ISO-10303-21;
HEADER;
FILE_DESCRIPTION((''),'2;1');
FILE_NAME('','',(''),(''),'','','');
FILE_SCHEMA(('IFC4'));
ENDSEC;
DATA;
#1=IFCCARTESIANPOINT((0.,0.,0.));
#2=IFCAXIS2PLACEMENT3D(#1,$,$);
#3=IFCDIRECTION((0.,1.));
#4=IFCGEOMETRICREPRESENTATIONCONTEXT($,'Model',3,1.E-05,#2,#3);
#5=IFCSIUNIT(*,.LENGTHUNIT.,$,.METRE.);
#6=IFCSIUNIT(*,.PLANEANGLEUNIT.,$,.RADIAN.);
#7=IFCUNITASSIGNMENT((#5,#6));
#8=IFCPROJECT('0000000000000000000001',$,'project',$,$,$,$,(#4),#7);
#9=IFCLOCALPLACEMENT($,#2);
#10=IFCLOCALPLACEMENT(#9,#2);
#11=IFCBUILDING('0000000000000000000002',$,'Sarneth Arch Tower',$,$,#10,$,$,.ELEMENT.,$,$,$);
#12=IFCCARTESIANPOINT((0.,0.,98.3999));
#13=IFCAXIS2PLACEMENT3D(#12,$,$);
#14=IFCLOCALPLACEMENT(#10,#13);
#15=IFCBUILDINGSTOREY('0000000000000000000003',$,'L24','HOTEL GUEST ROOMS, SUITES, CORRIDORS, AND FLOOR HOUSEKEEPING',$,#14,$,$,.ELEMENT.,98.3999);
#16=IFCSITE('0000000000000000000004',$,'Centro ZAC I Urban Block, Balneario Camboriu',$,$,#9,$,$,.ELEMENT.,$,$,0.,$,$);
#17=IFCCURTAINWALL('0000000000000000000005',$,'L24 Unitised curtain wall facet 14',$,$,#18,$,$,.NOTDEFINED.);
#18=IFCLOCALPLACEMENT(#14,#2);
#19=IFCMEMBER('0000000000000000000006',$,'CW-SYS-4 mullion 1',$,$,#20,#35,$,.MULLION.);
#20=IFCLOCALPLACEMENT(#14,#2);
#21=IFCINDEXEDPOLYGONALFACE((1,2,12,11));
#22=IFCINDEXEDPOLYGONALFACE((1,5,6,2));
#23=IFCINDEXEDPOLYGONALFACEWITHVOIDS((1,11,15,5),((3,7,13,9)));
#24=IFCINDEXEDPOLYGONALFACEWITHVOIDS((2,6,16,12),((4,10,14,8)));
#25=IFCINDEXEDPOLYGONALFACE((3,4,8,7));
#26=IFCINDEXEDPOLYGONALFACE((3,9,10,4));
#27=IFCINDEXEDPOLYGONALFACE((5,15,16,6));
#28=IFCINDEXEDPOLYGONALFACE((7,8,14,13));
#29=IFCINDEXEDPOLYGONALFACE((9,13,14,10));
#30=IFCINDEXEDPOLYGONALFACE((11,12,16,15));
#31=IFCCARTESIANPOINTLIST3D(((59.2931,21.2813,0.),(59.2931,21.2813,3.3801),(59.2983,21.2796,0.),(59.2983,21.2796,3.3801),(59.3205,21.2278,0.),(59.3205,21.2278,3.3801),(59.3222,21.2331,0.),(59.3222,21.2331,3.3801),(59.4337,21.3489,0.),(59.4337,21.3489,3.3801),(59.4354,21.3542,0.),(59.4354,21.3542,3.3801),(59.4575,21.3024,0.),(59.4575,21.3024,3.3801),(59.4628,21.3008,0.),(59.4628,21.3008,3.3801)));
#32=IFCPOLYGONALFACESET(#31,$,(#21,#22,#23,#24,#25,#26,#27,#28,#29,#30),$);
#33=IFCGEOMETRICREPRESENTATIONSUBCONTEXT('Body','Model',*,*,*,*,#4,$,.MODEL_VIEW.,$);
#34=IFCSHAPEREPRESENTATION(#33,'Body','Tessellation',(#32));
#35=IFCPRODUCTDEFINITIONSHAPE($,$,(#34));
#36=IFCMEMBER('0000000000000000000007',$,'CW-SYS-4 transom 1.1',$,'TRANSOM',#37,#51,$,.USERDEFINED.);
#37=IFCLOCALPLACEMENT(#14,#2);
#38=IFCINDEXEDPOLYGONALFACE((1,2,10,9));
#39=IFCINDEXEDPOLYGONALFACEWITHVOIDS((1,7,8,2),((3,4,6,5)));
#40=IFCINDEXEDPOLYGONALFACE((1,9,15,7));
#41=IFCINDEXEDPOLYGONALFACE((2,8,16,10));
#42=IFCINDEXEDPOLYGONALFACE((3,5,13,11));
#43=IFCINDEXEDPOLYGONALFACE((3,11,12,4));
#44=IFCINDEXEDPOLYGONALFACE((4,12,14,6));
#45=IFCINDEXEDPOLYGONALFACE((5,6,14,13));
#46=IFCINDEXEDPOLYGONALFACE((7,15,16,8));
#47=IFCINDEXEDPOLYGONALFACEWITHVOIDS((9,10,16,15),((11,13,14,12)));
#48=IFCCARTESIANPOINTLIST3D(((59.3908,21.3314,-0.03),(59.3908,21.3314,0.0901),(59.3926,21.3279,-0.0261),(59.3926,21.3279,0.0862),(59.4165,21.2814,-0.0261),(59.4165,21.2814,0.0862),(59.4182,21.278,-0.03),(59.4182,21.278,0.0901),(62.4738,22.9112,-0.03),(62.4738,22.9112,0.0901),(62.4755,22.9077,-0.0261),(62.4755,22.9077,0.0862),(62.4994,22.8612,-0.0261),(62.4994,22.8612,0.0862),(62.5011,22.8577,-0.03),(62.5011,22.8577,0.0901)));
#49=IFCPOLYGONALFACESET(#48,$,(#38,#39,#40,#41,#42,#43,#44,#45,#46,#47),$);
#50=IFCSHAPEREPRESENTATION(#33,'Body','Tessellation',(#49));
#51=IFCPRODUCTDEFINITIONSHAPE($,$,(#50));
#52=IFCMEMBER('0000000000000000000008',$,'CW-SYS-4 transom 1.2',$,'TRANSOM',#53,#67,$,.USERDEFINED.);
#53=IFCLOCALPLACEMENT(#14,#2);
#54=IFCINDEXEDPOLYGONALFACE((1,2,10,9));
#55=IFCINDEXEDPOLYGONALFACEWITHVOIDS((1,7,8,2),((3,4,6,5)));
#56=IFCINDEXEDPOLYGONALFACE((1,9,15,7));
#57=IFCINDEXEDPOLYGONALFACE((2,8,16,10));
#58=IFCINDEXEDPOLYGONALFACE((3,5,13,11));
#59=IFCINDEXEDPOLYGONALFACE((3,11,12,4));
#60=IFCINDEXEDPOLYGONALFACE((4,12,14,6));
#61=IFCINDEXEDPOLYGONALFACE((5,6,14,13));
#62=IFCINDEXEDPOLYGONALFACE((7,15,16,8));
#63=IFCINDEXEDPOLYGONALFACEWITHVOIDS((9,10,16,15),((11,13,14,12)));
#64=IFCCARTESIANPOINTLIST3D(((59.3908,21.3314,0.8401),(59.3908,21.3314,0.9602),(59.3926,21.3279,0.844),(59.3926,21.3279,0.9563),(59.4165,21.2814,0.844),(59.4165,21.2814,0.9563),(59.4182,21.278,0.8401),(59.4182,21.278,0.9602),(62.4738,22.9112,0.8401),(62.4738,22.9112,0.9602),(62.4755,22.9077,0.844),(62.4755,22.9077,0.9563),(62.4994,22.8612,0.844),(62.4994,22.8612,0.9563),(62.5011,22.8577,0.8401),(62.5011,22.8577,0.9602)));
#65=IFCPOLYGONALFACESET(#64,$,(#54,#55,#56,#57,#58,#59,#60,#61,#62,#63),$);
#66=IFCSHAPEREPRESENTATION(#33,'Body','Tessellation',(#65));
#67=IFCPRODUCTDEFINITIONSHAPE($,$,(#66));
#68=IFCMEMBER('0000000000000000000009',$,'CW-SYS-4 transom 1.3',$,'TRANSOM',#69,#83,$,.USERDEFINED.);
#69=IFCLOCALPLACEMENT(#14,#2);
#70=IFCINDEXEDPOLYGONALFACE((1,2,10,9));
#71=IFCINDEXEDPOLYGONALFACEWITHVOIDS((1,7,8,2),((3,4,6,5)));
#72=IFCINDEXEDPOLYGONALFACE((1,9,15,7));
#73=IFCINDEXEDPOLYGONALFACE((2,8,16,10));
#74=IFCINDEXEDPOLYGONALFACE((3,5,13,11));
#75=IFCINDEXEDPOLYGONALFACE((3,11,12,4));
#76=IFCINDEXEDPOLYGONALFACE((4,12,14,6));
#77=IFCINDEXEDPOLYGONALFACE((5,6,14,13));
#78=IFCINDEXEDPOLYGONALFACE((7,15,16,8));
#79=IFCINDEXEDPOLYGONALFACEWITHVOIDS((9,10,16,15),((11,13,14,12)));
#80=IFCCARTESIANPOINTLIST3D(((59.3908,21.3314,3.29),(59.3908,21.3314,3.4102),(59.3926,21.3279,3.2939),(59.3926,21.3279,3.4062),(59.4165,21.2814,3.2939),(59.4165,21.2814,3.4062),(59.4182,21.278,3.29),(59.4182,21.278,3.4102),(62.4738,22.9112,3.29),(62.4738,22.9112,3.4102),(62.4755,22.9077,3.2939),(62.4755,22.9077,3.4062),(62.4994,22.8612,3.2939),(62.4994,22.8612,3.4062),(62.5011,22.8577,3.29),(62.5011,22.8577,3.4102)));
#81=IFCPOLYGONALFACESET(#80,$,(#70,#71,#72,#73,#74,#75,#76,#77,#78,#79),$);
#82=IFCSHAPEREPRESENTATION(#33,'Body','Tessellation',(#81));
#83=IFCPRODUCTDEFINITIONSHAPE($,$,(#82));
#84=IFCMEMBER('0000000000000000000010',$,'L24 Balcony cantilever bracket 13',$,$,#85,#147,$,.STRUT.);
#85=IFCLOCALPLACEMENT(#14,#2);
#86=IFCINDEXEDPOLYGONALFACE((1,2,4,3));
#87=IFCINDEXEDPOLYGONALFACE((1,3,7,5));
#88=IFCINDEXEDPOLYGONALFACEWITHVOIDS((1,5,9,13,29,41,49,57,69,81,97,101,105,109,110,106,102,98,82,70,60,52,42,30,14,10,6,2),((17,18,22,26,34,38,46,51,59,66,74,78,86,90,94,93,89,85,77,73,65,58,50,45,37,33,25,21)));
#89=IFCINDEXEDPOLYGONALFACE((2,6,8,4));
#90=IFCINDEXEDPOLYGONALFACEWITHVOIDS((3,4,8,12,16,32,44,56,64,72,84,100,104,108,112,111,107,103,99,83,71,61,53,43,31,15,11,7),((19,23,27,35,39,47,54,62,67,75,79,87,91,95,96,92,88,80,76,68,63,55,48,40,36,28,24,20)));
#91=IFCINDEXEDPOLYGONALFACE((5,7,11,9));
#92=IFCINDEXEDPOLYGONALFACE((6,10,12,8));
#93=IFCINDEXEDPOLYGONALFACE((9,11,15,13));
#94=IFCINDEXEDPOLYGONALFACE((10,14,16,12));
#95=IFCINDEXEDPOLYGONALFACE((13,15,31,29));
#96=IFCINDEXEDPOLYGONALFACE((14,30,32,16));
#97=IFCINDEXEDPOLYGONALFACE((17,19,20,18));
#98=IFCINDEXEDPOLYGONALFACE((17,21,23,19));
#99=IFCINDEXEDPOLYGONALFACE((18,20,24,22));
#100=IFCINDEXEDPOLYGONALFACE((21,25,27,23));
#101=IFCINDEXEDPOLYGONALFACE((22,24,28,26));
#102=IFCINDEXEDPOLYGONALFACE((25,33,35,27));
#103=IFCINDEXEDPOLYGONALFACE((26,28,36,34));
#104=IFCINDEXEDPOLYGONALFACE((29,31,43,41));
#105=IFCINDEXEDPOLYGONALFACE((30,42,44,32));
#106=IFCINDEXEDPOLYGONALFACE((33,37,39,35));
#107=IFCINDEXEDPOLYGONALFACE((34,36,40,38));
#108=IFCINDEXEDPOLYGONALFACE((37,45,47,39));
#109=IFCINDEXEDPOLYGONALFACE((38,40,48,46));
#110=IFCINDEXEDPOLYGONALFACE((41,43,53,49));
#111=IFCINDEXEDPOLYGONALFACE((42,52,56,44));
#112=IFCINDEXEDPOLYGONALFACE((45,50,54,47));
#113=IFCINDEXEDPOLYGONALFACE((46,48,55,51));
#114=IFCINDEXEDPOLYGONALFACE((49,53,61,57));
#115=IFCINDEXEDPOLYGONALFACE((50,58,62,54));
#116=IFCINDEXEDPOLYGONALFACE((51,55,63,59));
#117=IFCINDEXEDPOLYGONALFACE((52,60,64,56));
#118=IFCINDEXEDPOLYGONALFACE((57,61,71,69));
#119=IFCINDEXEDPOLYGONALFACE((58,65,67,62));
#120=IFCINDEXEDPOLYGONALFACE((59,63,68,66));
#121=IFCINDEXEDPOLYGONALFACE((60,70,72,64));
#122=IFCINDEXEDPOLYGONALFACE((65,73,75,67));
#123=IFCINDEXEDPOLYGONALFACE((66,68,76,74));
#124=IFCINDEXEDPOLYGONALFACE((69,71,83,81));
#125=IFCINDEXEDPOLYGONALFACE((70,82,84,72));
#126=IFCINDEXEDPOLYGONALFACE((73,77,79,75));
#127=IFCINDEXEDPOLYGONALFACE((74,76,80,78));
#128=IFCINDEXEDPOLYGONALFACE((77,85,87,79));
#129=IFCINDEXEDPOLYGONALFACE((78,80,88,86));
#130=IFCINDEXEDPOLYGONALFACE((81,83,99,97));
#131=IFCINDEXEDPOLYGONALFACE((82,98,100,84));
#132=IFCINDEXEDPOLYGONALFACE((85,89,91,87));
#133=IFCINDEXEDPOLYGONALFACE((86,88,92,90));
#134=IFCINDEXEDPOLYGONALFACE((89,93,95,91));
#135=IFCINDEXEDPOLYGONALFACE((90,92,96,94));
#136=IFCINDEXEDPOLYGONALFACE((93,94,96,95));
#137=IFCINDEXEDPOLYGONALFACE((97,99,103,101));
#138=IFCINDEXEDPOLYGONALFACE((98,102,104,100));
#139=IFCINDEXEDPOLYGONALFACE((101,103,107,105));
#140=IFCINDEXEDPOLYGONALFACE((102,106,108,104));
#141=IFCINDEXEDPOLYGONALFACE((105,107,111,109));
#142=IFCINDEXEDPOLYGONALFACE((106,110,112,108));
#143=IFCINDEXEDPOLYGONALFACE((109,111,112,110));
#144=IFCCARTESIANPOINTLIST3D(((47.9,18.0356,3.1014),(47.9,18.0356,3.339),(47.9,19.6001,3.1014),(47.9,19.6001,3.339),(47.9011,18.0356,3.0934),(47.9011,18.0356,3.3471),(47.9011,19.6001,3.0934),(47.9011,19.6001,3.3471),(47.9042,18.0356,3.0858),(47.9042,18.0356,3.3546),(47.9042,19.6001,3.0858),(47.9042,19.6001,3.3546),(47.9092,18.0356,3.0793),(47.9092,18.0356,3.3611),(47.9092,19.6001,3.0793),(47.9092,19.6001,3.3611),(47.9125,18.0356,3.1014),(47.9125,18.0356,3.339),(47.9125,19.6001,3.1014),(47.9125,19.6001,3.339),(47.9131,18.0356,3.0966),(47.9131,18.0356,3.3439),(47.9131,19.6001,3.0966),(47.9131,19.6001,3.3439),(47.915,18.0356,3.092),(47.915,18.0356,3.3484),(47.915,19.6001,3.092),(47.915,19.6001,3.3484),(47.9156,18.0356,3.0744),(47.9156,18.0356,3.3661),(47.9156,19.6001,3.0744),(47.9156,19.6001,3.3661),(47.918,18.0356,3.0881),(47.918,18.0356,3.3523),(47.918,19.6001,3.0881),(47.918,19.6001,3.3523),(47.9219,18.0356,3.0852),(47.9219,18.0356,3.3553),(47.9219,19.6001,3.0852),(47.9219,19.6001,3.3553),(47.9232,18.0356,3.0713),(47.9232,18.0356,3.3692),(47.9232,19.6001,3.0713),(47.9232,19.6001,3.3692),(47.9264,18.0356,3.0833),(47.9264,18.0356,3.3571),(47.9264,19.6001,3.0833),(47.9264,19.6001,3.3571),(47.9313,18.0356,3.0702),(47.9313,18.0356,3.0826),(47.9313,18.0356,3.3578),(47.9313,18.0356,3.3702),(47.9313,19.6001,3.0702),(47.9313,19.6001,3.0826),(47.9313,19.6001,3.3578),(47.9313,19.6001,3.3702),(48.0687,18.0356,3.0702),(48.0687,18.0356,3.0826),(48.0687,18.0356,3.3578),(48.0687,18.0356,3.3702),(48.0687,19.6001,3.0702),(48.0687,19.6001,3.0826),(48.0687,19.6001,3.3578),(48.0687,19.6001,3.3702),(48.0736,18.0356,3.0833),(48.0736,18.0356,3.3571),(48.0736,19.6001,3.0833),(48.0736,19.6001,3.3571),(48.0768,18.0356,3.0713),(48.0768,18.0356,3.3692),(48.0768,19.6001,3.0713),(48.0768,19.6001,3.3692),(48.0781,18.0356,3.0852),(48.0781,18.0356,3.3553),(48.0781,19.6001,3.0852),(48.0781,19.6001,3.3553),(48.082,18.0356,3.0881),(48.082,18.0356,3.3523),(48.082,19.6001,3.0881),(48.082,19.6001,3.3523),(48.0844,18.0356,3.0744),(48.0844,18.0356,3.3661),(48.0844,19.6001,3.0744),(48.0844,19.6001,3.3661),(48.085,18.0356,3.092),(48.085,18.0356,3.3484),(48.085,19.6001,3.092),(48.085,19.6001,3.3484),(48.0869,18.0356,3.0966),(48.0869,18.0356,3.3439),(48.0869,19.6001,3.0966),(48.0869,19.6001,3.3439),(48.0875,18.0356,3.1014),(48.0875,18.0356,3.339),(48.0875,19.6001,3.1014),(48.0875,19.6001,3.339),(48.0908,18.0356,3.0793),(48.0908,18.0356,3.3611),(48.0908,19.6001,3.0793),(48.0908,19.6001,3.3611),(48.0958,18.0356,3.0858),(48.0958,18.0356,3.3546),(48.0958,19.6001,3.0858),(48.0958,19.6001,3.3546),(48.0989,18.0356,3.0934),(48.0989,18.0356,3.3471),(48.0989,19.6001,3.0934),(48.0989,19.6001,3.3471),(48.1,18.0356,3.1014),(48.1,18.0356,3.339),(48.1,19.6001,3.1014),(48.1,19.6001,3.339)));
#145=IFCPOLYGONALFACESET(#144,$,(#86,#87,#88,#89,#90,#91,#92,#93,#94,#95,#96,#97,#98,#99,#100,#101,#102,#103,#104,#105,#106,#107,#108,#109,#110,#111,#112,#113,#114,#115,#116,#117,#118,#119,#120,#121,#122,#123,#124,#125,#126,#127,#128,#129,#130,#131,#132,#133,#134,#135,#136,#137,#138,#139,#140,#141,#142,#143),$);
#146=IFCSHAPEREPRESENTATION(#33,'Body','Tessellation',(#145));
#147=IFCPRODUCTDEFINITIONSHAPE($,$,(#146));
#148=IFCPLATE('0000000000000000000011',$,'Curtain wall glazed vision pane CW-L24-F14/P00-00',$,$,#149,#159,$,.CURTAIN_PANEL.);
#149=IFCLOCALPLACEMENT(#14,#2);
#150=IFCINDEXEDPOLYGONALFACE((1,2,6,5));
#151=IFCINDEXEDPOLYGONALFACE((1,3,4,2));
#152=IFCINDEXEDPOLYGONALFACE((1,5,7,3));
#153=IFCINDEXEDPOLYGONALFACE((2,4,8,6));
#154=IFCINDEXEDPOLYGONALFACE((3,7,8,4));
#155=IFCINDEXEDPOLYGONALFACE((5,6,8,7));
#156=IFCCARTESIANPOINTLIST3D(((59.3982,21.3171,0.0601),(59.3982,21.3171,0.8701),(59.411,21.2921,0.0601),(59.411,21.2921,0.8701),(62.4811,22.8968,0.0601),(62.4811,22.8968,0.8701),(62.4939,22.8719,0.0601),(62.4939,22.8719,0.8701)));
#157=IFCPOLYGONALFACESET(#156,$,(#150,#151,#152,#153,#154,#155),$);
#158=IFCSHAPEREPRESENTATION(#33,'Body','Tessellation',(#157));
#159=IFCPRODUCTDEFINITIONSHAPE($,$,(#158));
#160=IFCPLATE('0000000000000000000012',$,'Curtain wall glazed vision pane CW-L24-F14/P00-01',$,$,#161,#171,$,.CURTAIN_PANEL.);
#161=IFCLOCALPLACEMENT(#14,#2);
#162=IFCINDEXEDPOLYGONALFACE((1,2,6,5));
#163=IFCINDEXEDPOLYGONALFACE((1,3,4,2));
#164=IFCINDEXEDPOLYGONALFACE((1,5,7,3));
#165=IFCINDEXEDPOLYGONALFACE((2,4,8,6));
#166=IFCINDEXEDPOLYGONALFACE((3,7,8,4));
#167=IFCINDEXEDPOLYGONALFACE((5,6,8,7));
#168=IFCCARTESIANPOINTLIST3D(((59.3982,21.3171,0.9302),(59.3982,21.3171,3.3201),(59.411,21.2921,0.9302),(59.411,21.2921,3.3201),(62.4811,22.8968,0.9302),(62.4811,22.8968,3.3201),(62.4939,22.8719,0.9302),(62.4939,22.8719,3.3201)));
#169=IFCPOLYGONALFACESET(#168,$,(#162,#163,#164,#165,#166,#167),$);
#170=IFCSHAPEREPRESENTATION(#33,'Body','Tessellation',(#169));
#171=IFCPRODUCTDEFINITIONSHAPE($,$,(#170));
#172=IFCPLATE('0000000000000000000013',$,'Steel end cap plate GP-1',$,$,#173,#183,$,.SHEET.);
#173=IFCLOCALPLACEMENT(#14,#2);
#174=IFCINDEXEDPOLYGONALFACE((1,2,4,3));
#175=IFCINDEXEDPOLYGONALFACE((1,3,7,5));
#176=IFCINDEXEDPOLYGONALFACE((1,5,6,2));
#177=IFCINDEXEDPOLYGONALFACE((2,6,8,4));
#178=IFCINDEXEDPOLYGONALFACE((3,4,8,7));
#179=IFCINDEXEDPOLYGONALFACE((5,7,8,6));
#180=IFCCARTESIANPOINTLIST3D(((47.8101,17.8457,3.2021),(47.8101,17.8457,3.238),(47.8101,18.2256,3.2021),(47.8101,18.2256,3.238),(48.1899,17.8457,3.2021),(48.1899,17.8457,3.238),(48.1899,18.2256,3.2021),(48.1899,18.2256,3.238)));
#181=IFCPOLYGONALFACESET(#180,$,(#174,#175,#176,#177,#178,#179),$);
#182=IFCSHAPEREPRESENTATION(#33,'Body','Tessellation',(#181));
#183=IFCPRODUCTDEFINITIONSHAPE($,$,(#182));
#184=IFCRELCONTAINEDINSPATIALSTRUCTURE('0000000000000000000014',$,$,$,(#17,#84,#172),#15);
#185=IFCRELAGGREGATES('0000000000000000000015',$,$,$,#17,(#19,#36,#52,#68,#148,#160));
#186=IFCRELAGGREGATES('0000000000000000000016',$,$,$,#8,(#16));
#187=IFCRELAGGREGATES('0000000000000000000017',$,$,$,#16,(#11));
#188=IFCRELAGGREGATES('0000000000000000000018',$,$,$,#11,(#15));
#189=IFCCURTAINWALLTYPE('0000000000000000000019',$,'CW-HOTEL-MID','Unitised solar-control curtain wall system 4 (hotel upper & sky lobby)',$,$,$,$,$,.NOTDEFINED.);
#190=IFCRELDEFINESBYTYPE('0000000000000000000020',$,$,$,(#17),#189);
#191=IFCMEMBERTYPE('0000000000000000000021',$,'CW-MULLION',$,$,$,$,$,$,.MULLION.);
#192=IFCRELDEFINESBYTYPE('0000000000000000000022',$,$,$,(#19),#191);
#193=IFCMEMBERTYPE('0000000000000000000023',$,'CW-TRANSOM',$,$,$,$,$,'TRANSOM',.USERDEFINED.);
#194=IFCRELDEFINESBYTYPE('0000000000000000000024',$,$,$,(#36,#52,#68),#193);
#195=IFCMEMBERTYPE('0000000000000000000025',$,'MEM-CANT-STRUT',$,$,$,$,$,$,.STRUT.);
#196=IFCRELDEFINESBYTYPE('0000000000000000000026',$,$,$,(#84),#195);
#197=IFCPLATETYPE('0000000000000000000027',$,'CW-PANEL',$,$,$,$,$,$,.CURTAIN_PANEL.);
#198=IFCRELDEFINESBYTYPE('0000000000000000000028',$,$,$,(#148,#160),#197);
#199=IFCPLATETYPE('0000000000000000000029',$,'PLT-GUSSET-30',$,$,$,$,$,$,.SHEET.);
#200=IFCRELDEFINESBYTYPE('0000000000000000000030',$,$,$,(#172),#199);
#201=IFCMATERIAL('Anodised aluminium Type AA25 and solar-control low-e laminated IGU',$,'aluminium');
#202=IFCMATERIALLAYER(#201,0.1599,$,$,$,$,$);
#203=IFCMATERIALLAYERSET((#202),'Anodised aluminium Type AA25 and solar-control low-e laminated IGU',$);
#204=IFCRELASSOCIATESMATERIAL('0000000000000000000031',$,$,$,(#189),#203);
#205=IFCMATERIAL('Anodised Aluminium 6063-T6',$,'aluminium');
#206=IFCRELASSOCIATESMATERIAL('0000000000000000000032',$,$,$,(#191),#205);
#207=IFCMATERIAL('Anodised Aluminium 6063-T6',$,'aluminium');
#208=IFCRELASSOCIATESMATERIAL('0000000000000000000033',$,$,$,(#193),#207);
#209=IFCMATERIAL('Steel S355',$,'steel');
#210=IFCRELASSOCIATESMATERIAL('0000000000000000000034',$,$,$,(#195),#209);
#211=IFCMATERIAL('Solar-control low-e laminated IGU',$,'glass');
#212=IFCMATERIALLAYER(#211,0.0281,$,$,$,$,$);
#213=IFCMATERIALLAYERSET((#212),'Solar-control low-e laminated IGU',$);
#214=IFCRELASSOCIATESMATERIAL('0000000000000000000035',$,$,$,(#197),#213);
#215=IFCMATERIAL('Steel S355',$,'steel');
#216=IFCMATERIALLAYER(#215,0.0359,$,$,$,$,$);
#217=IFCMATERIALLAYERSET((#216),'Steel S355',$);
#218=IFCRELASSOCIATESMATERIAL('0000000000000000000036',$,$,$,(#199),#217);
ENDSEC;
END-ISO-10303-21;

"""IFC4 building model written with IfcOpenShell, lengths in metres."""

from ifc_helpers import new_model, si_unit, direction, frame, origin, origin_2d, place, context, subcontext, project, spatial, rectangle, hollow_rectangle, extrude, material, layer, layer_set, material_profile, profile_set, type_object, element, aggregate, save


model = new_model("IFC4")

# Units and contexts
model_context = context("Model", 3, precision=1e-05, world=origin(), true_north=direction((0.0, 1.0)))
body_context = subcontext(model_context, "Body", "Model", "MODEL_VIEW")
ifc_project = project(units=[si_unit("LENGTHUNIT", "METRE"), si_unit("PLANEANGLEUNIT", "RADIAN")], contexts=[model_context])

# Site, building, storey
site_placement = place(None, origin())
site = spatial("IfcSite", under=ifc_project, at=site_placement, Name="Centro ZAC I Urban Block, Balneario Camboriu", CompositionType="ELEMENT", RefElevation=0.0)
building_placement = place(site_placement, origin())
building = spatial("IfcBuilding", under=site, at=building_placement, Name="Sarneth Arch Tower", CompositionType="ELEMENT")
storey_placement = place(building_placement, frame((0.0, 0.0, 98.3999)))
storey = spatial("IfcBuildingStorey", under=building, at=storey_placement, Name="L24", Description="HOTEL GUEST ROOMS, SUITES, CORRIDORS, AND FLOOR HOUSEKEEPING", CompositionType="ELEMENT", Elevation=98.3999)

# Curtain wall, members
ifc_material_1 = material(Name="Anodised aluminium Type AA25 and solar-control low-e laminated IGU", Category="aluminium")
ifc_layer_1 = layer(ifc_material_1, 0.1599)
ifc_layer_set_1 = layer_set([ifc_layer_1], Name="Anodised aluminium Type AA25 and solar-control low-e laminated IGU")
curtain_wall_type = type_object("IfcCurtainWallType", Name="CW-HOTEL-MID", Description="Unitised solar-control curtain wall system 4 (hotel upper & sky lobby)", PredefinedType="NOTDEFINED", material=ifc_layer_set_1)
curtain_wall_placement = place(storey_placement, origin())
curtain_wall = element("IfcCurtainWall", 1, at=curtain_wall_placement, inside=storey, type_object=curtain_wall_type, Name="L24 Unitised curtain wall facet 14", PredefinedType="NOTDEFINED")
ifc_material_2 = material(Name="Anodised Aluminium 6063-T6", Category="aluminium")
ifc_material_profile_1 = material_profile(ifc_material_2, hollow_rectangle(XDim=0.0601, YDim=0.1599, WallThickness=0.0039, at=origin_2d()), Name="AL-MULL-160x60x4")
ifc_profile_set_1 = profile_set([ifc_material_profile_1], Name="Anodised Aluminium 6063-T6")
member_type_1 = type_object("IfcMemberType", Name="CW-MULLION", PredefinedType="MULLION", material=ifc_profile_set_1)
member_1_placement = place(storey_placement, frame((59.3779, 21.291, 0.0), z_axis=(0.0, 0.0, 1.0), x_axis=(-0.456031, 0.889964, 0.0)))
member_1 = element("IfcMember", 2, at=member_1_placement, type_object=member_type_1, Name="CW-SYS-4 mullion 1", PredefinedType="MULLION", context=body_context, shape_type="SweptSolid", body=[
    extrude(hollow_rectangle(XDim=0.0601, YDim=0.1599, WallThickness=0.0039, at=origin_2d()), origin(), (0.0, 0.0, 1.0), 3.3801),
])
ifc_material_3 = material(Name="Anodised Aluminium 6063-T6", Category="aluminium")
ifc_material_profile_2 = material_profile(ifc_material_3, hollow_rectangle(XDim=0.0601, YDim=0.1201, WallThickness=0.0039, at=origin_2d()), Name="AL-TRAN-120x60x4")
ifc_profile_set_2 = profile_set([ifc_material_profile_2], Name="Anodised Aluminium 6063-T6")
member_type_2 = type_object("IfcMemberType", Name="CW-TRANSOM", ElementType="TRANSOM", PredefinedType="USERDEFINED", material=ifc_profile_set_2)
member_2_placement = place(storey_placement, frame((59.4045, 21.3047, 0.03), z_axis=(0.889958, 0.456043, 0.0), x_axis=(-0.456043, 0.889958, 0.0)))
member_2 = element("IfcMember", 3, at=member_2_placement, type_object=member_type_2, Name="CW-SYS-4 transom 1.1", ObjectType="TRANSOM", PredefinedType="USERDEFINED", context=body_context, shape_type="SweptSolid", body=[
    extrude(hollow_rectangle(XDim=0.0601, YDim=0.1201, WallThickness=0.0039, at=origin_2d()), origin(), (0.0, 0.0, 1.0), 3.4641),
])
member_3_placement = place(storey_placement, frame((59.4045, 21.3047, 0.9001), z_axis=(0.889958, 0.456043, 0.0), x_axis=(-0.456043, 0.889958, 0.0)))
member_3 = element("IfcMember", 4, at=member_3_placement, type_object=member_type_2, Name="CW-SYS-4 transom 1.2", ObjectType="TRANSOM", PredefinedType="USERDEFINED", context=body_context, shape_type="SweptSolid", body=[
    extrude(hollow_rectangle(XDim=0.0601, YDim=0.1201, WallThickness=0.0039, at=origin_2d()), origin(), (0.0, 0.0, 1.0), 3.4641),
])
member_4_placement = place(storey_placement, frame((59.4045, 21.3047, 3.3501), z_axis=(0.889958, 0.456043, 0.0), x_axis=(-0.456043, 0.889958, 0.0)))
member_4 = element("IfcMember", 5, at=member_4_placement, type_object=member_type_2, Name="CW-SYS-4 transom 1.3", ObjectType="TRANSOM", PredefinedType="USERDEFINED", context=body_context, shape_type="SweptSolid", body=[
    extrude(hollow_rectangle(XDim=0.0601, YDim=0.1201, WallThickness=0.0039, at=origin_2d()), origin(), (0.0, 0.0, 1.0), 3.4641),
])

# Member
ifc_material_4 = material(Name="Steel S355", Category="steel")
ifc_material_profile_3 = material_profile(ifc_material_4, hollow_rectangle(XDim=0.2, YDim=0.3, WallThickness=0.0125, InnerFilletRadius=0.0188, OuterFilletRadius=0.0312, at=origin_2d()), Name="RHS300x200x12.5")
ifc_profile_set_3 = profile_set([ifc_material_profile_3], Name="Steel S355")
member_type_3 = type_object("IfcMemberType", Name="MEM-CANT-STRUT", PredefinedType="STRUT", material=ifc_profile_set_3)
member_5_placement = place(storey_placement, frame((48.0, 19.6001, 3.2202), z_axis=(0.0, -1.0, 0.0), x_axis=(1.0, 0.0, 0.0)))
element("IfcMember", 6, at=member_5_placement, inside=storey, type_object=member_type_3, Name="L24 Balcony cantilever bracket 13", PredefinedType="STRUT", context=body_context, shape_type="SweptSolid", body=[
    extrude(hollow_rectangle(XDim=0.2, YDim=0.3, WallThickness=0.0125, InnerFilletRadius=0.0188, OuterFilletRadius=0.0312, at=origin_2d()), origin(), (0.0, 0.0, 1.0), 1.5645),
])

# Plates
ifc_material_5 = material(Name="Solar-control low-e laminated IGU", Category="glass")
ifc_layer_2 = layer(ifc_material_5, 0.0281)
ifc_layer_set_2 = layer_set([ifc_layer_2], Name="Solar-control low-e laminated IGU")
plate_type_1 = type_object("IfcPlateType", Name="CW-PANEL", PredefinedType="CURTAIN_PANEL", material=ifc_layer_set_2)
plate_1_placement = place(storey_placement, frame((60.946, 22.0945, 0.0601), z_axis=(0.0, 0.0, 1.0), x_axis=(0.889964, 0.456031, 0.0)))
plate_1 = element("IfcPlate", 7, at=plate_1_placement, type_object=plate_type_1, Name="Curtain wall glazed vision pane CW-L24-F14/P00-00", PredefinedType="CURTAIN_PANEL", context=body_context, shape_type="SweptSolid", body=[
    extrude(rectangle(XDim=3.4641, YDim=0.0281, at=origin_2d()), origin(), (0.0, 0.0, 1.0), 0.8101),
])
plate_2_placement = place(storey_placement, frame((60.946, 22.0945, 0.9302), z_axis=(0.0, 0.0, 1.0), x_axis=(0.889964, 0.456031, 0.0)))
plate_2 = element("IfcPlate", 8, at=plate_2_placement, type_object=plate_type_1, Name="Curtain wall glazed vision pane CW-L24-F14/P00-01", PredefinedType="CURTAIN_PANEL", context=body_context, shape_type="SweptSolid", body=[
    extrude(rectangle(XDim=3.4641, YDim=0.0281, at=origin_2d()), origin(), (0.0, 0.0, 1.0), 2.3899),
])
aggregate(curtain_wall, [member_1, member_2, member_3, member_4, plate_1, plate_2])
ifc_material_6 = material(Name="Steel S355", Category="steel")
ifc_layer_3 = layer(ifc_material_6, 0.0359)
ifc_layer_set_3 = layer_set([ifc_layer_3], Name="Steel S355")
plate_type_2 = type_object("IfcPlateType", Name="PLT-GUSSET-30", PredefinedType="SHEET", material=ifc_layer_set_3)
plate_3_placement = place(storey_placement, frame((48.0, 18.0356, 3.2021), z_axis=(0.0, 0.0, 1.0), x_axis=(0.0, -1.0, 0.0)))
element("IfcPlate", 9, at=plate_3_placement, inside=storey, type_object=plate_type_2, Name="Steel end cap plate GP-1", PredefinedType="SHEET", context=body_context, shape_type="SweptSolid", body=[
    extrude(rectangle(XDim=0.3799, YDim=0.3799, at=origin_2d()), origin(), (0.0, 0.0, 1.0), 0.0359),
])

save(model, "model.ifc")
